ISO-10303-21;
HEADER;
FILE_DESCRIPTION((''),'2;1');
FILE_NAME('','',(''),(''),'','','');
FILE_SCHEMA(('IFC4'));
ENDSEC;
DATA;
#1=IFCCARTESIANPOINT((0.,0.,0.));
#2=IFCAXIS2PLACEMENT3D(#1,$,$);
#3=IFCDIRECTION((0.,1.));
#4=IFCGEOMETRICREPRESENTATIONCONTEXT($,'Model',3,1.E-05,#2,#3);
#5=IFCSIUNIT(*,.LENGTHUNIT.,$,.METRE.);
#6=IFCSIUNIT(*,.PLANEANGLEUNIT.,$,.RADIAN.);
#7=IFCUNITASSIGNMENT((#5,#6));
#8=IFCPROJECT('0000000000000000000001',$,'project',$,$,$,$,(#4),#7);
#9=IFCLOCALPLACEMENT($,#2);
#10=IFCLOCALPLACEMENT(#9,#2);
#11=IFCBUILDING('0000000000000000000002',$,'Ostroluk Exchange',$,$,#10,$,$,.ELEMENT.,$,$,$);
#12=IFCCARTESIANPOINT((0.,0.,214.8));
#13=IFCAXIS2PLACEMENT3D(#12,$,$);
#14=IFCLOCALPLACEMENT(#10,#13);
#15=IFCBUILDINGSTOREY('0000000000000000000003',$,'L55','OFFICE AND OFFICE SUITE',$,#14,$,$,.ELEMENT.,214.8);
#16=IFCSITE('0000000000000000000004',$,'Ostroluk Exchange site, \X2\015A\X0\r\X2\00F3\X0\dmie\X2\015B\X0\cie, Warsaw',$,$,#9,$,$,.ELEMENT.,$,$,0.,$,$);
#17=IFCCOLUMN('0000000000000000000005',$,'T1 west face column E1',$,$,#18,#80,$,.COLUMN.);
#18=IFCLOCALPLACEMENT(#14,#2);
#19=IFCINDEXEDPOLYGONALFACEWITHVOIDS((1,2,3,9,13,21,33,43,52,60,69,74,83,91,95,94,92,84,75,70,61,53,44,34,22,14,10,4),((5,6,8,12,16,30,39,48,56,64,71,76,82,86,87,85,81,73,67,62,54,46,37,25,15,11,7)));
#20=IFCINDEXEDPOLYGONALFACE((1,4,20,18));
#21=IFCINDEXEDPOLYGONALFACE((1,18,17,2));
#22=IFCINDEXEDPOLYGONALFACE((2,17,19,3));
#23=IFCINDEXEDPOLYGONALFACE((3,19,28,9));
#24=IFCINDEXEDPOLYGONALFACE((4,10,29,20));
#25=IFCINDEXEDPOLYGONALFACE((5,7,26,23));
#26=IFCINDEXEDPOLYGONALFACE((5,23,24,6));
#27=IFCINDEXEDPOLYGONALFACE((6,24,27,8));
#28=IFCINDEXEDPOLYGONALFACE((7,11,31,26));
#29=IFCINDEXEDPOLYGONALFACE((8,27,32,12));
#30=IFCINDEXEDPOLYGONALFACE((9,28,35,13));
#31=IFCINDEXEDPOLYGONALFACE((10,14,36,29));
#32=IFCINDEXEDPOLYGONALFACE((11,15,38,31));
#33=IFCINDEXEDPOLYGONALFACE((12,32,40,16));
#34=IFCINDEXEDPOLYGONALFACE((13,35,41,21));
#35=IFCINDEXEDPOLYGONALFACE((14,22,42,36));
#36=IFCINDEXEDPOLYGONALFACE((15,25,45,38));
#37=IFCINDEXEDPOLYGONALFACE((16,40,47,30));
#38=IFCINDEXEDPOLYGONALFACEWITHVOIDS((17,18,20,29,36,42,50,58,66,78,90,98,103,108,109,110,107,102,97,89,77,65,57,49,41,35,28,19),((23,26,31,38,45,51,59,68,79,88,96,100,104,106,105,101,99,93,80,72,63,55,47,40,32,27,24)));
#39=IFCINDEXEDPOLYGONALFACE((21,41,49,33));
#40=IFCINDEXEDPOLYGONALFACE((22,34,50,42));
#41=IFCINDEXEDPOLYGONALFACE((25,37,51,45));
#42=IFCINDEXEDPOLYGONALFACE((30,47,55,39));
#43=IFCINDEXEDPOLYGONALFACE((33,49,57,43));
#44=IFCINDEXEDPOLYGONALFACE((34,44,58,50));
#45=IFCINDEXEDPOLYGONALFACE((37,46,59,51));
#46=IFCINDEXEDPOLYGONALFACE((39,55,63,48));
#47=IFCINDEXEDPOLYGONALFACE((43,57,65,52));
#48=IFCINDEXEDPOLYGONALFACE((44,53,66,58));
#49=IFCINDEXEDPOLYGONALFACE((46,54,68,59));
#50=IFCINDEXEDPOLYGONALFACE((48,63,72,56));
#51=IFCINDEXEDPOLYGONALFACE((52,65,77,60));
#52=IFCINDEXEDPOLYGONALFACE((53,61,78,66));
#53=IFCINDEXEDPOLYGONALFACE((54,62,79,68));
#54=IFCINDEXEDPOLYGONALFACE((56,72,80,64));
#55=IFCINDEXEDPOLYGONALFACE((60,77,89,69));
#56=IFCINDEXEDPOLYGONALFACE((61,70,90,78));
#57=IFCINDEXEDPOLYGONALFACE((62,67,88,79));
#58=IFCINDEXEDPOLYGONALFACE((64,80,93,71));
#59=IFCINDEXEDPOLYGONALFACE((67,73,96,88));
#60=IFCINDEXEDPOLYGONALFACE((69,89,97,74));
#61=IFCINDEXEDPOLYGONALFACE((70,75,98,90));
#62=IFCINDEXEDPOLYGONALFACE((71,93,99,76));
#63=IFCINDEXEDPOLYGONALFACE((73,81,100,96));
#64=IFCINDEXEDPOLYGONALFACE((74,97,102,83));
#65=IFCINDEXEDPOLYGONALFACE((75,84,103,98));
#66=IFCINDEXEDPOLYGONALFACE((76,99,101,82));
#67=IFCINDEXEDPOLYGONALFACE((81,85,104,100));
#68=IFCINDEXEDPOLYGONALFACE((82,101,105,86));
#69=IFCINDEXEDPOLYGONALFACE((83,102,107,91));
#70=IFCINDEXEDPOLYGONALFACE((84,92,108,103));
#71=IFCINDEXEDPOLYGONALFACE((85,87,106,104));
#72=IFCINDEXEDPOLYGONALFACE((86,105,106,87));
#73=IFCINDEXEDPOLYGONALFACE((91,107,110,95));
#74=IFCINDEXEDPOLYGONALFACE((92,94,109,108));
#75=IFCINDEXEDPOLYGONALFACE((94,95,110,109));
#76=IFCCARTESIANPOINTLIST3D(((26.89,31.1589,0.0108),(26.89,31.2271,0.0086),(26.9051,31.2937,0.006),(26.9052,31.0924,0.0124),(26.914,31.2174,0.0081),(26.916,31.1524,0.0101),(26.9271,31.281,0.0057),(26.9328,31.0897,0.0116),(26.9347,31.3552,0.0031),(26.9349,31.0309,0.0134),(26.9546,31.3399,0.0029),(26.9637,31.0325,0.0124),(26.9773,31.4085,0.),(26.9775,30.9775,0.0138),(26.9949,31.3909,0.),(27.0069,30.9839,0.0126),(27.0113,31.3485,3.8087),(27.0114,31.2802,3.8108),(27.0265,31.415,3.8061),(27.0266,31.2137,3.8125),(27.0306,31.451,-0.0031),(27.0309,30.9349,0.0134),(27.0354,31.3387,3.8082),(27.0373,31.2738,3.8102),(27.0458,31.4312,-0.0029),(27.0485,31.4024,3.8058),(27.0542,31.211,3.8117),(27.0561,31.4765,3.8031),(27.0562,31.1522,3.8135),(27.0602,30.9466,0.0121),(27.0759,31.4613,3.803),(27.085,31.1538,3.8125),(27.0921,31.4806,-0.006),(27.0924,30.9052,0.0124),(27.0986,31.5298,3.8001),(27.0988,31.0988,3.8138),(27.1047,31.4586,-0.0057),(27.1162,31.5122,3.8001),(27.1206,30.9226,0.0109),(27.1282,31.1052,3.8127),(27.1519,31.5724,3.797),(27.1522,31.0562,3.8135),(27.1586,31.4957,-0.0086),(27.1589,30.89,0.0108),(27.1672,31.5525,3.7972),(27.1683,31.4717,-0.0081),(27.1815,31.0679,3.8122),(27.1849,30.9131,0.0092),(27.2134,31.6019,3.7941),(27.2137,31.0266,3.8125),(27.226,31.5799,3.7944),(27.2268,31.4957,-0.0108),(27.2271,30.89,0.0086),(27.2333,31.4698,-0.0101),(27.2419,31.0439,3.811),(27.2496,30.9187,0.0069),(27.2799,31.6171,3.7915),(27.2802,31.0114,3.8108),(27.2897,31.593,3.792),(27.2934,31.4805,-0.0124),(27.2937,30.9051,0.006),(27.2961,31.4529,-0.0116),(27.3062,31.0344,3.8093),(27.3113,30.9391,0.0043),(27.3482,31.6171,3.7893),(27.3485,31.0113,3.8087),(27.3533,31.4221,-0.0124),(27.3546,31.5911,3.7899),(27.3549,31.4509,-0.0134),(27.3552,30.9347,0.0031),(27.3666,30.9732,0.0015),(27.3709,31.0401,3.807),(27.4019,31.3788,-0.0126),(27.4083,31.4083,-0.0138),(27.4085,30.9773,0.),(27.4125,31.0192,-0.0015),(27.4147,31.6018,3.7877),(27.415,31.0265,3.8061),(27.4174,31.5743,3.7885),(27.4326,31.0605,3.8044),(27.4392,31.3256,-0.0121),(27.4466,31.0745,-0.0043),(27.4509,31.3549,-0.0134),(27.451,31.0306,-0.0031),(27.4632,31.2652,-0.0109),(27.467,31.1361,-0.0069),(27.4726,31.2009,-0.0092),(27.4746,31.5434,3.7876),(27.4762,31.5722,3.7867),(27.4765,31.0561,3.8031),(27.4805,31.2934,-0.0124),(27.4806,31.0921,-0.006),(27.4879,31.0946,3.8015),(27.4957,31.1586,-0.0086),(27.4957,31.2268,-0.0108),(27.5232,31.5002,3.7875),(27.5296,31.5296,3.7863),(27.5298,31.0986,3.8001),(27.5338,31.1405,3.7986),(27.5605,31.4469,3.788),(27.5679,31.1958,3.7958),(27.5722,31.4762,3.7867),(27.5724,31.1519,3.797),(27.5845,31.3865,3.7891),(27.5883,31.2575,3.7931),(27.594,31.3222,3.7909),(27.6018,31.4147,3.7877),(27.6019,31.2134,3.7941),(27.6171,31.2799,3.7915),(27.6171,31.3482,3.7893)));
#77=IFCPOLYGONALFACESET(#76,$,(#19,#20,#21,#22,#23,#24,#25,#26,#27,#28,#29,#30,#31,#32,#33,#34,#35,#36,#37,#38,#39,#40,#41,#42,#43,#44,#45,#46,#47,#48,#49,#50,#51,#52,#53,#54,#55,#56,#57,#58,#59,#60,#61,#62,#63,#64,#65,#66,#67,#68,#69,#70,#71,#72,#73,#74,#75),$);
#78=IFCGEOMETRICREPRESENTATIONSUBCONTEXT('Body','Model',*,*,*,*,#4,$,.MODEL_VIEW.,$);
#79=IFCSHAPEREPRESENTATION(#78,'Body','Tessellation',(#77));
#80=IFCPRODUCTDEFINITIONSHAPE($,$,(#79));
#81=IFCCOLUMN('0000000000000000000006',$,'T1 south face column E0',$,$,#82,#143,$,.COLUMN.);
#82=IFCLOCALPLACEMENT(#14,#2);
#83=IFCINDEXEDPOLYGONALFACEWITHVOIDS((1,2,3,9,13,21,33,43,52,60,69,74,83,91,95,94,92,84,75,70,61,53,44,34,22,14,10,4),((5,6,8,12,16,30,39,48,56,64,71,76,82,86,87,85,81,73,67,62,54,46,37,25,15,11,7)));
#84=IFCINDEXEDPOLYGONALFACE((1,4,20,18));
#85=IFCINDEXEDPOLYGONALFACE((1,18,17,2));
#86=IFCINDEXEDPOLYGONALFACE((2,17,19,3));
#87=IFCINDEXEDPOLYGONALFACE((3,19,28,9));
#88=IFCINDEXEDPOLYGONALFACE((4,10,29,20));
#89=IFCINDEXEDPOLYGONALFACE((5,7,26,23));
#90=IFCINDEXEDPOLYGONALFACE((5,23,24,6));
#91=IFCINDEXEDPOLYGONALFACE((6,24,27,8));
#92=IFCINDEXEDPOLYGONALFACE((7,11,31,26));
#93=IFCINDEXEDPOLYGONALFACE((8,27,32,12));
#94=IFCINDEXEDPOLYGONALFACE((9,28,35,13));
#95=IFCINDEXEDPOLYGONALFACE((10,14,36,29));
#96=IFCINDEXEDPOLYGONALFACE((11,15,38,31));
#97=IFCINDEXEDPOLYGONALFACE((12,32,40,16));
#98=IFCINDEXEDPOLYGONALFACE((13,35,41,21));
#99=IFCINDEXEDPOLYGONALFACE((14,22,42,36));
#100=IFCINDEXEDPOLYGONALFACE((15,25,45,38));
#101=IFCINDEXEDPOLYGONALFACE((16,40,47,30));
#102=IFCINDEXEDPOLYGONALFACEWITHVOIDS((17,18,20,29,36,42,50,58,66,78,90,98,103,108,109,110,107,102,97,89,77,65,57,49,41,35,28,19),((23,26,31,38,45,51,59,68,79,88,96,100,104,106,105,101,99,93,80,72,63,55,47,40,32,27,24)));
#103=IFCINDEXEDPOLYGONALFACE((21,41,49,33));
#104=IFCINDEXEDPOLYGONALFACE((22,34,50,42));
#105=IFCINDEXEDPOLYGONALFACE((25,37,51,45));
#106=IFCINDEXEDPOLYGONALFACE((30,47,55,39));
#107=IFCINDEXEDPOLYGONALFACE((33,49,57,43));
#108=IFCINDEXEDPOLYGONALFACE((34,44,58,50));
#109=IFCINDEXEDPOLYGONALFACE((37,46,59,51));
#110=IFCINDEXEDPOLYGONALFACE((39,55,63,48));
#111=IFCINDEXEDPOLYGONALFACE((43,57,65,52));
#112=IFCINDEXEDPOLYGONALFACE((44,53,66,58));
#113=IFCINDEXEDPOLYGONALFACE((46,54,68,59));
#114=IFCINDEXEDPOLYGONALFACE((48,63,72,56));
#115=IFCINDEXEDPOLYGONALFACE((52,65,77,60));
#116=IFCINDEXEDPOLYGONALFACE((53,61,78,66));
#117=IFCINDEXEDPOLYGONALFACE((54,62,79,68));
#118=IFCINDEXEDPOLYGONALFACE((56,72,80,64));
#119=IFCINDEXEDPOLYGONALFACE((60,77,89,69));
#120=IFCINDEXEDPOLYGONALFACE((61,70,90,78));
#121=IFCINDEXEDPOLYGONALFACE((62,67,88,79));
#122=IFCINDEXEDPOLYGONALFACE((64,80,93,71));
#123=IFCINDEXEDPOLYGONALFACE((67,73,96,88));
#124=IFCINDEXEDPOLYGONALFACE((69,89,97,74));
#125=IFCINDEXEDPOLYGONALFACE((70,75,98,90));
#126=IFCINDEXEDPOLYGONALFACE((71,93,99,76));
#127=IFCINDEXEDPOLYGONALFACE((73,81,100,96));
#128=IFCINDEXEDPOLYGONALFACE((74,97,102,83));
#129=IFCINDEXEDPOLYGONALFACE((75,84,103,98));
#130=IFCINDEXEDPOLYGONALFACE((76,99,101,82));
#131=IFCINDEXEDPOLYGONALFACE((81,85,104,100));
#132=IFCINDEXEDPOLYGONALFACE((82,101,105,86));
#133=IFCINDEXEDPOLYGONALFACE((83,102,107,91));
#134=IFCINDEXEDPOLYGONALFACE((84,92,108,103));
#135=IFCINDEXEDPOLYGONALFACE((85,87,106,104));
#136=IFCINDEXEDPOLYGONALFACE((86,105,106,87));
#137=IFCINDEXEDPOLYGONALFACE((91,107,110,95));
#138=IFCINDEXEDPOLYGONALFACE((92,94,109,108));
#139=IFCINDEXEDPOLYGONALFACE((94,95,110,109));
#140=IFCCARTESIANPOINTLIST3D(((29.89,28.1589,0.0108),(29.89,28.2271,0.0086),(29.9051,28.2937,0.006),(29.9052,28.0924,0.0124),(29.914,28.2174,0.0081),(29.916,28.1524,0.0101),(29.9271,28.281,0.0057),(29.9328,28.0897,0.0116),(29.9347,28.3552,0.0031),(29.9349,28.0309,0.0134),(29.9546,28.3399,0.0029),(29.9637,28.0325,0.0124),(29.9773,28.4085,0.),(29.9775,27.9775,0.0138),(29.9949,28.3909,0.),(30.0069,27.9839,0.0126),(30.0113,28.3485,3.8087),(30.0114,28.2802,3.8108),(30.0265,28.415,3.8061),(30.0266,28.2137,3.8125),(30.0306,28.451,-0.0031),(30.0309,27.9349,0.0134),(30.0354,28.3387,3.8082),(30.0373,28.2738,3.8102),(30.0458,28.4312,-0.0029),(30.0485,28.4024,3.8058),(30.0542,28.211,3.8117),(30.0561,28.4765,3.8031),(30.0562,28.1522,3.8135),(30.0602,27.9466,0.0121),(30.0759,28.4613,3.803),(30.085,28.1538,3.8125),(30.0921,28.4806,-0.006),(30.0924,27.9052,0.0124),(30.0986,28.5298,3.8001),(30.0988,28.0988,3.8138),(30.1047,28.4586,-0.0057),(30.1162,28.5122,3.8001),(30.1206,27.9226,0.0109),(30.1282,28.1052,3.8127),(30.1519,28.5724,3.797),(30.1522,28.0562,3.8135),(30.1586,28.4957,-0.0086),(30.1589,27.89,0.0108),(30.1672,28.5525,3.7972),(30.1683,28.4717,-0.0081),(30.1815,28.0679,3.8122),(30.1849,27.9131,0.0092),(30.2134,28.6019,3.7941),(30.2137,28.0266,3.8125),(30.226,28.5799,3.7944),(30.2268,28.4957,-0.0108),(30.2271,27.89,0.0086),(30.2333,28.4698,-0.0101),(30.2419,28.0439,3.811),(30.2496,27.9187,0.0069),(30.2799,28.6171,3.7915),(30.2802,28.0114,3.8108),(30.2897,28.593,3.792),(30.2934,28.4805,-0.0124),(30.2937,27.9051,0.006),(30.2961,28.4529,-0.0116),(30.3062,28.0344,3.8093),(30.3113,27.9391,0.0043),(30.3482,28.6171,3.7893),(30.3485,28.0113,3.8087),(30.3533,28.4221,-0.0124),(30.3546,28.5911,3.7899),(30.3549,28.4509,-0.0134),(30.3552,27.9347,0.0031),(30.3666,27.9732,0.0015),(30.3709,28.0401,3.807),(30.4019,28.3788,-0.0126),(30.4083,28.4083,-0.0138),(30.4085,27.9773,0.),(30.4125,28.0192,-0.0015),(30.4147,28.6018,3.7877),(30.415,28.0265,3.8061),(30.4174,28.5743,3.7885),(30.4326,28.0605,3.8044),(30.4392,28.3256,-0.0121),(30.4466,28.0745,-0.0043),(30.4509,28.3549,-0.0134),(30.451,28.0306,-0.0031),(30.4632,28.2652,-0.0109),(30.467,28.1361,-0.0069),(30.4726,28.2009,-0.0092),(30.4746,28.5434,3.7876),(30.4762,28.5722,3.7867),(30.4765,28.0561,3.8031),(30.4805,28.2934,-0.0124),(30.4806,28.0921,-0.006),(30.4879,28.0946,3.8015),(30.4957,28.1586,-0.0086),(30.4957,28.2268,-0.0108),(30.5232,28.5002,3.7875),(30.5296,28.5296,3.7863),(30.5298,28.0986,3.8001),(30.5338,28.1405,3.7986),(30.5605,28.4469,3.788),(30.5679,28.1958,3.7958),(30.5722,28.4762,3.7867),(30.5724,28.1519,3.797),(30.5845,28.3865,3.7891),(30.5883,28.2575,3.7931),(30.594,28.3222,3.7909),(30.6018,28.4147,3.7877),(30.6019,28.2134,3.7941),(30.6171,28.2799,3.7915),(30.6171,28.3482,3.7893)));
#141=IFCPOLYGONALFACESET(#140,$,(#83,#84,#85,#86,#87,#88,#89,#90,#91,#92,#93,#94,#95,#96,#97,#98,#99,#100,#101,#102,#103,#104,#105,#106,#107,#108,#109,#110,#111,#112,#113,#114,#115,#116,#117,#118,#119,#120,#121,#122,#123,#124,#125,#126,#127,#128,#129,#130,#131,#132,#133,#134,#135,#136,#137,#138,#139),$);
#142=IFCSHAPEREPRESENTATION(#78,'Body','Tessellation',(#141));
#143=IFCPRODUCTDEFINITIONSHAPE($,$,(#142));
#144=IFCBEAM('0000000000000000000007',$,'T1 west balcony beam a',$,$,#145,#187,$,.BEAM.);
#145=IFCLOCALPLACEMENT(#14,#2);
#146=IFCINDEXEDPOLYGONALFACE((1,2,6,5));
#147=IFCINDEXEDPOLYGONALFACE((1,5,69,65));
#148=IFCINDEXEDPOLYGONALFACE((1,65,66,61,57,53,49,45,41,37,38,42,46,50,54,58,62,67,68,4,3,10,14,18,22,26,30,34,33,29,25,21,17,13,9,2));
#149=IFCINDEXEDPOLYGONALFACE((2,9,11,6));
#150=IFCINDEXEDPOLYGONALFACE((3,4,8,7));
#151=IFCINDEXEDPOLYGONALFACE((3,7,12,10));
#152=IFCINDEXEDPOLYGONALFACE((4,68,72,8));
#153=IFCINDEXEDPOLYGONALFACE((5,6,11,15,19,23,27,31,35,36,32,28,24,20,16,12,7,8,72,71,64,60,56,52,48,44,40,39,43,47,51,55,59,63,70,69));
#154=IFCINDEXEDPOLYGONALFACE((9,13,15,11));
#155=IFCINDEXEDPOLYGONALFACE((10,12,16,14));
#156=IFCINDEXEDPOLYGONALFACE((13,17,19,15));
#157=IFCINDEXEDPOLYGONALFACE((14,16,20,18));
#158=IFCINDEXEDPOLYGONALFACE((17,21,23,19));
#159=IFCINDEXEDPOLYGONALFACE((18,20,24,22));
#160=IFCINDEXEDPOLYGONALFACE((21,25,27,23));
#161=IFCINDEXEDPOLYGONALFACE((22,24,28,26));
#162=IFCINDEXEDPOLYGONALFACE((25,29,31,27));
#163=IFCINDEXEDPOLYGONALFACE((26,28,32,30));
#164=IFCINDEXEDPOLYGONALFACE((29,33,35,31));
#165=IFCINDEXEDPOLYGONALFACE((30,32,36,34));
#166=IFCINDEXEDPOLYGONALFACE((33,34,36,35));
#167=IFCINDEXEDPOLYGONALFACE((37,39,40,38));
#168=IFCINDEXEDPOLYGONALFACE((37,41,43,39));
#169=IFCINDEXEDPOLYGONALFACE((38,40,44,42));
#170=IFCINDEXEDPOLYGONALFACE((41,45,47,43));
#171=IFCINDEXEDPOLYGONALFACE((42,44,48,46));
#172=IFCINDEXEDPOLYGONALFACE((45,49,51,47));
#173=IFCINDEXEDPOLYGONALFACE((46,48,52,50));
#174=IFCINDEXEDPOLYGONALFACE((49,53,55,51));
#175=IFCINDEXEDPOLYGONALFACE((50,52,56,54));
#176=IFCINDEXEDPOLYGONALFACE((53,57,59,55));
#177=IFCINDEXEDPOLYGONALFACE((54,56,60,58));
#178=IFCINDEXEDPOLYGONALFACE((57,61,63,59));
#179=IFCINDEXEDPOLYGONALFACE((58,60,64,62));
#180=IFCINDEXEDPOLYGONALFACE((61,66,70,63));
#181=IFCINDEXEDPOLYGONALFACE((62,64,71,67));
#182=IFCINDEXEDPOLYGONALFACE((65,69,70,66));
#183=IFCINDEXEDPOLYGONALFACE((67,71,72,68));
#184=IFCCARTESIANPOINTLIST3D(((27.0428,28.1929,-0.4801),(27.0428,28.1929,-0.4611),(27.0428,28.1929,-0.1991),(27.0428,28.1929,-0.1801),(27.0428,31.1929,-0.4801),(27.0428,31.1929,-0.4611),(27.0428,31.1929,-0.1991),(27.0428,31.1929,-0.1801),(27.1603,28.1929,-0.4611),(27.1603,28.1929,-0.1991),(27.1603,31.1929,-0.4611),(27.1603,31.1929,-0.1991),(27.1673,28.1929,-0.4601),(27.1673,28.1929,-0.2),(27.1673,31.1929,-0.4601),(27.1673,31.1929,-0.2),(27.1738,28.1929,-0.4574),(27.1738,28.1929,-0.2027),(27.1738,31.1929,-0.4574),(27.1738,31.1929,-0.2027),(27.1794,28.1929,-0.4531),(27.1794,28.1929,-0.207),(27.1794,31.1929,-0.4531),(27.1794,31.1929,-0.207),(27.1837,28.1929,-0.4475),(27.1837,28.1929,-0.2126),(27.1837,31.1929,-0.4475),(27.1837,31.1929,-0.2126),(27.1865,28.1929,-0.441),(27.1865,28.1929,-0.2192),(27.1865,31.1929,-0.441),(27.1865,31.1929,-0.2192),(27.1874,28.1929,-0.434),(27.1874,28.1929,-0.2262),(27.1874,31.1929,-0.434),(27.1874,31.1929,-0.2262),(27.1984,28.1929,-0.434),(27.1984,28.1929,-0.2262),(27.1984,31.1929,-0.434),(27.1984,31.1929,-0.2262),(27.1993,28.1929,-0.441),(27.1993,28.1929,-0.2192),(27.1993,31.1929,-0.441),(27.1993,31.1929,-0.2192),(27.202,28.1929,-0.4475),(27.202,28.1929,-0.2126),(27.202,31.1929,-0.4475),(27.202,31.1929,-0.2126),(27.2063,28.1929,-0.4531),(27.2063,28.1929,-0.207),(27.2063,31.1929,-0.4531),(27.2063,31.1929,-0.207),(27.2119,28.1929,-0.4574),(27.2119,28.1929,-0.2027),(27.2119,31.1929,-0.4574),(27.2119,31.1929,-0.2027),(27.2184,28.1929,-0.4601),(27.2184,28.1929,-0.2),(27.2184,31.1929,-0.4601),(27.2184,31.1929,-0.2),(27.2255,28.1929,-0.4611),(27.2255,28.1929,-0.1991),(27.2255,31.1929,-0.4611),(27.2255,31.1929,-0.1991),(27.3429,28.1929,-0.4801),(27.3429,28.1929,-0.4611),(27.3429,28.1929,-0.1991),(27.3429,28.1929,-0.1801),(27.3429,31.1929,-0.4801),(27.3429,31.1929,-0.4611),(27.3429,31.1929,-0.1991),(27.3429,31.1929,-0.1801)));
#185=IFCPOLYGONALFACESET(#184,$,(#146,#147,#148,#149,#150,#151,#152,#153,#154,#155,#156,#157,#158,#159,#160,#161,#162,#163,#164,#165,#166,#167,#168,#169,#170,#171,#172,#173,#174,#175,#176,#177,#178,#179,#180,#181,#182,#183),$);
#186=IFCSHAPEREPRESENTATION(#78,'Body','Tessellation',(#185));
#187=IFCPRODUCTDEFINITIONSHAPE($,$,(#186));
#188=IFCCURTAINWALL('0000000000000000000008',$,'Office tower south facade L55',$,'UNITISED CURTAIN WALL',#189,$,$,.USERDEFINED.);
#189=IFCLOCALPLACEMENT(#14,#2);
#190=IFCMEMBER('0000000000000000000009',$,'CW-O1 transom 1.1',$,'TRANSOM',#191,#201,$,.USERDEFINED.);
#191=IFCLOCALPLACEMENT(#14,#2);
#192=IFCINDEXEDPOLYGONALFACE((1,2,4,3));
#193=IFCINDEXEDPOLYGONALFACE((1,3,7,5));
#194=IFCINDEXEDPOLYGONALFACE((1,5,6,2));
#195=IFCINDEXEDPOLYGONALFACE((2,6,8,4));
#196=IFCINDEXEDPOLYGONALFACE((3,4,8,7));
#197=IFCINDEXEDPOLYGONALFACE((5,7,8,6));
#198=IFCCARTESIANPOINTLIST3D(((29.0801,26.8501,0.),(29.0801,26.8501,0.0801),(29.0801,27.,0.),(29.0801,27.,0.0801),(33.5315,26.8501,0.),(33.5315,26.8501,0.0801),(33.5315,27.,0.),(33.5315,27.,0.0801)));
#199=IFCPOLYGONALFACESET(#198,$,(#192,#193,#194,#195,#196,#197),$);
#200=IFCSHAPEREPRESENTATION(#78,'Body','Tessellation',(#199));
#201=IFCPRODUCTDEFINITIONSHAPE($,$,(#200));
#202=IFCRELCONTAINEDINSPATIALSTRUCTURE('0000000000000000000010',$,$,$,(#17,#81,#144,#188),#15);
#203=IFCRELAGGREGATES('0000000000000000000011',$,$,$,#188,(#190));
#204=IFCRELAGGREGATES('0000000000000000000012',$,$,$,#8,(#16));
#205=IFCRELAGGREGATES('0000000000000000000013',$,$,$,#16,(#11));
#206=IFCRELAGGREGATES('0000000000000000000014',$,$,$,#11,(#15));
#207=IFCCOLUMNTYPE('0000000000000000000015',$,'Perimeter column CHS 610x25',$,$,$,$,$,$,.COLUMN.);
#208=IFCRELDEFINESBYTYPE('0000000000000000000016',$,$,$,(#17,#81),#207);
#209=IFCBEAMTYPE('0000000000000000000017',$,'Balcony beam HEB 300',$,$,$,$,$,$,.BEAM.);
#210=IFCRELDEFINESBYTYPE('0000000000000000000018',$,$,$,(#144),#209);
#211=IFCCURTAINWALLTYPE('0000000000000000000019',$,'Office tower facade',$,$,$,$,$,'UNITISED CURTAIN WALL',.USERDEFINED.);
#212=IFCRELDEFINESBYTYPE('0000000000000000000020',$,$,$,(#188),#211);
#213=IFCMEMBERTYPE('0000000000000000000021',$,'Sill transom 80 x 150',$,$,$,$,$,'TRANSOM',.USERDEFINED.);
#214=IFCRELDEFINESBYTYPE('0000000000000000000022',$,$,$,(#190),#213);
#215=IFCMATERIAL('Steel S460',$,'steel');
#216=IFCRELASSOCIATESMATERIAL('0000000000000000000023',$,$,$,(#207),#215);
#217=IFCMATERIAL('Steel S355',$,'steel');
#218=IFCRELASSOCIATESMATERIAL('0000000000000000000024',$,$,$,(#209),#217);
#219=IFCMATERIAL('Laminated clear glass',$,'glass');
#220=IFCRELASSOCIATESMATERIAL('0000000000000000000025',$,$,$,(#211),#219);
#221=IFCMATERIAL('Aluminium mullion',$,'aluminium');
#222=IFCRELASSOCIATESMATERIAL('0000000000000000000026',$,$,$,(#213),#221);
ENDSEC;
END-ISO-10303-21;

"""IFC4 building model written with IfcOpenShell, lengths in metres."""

from ifc_helpers import new_model, si_unit, direction, frame, origin, origin_2d, place, context, subcontext, project, spatial, rectangle, hollow_circle, i_section, extrude, material, material_profile, profile_set, type_object, element, aggregate, save


model = new_model("IFC4")

# Units and contexts
model_context = context("Model", 3, precision=1e-05, world=origin(), true_north=direction((0.0, 1.0)))
body_context = subcontext(model_context, "Body", "Model", "MODEL_VIEW")
ifc_project = project(units=[si_unit("LENGTHUNIT", "METRE"), si_unit("PLANEANGLEUNIT", "RADIAN")], contexts=[model_context])

# Site, building, storey
site_placement = place(None, origin())
site = spatial("IfcSite", under=ifc_project, at=site_placement, Name="Ostroluk Exchange site, Śródmieście, Warsaw", CompositionType="ELEMENT", RefElevation=0.0)
building_placement = place(site_placement, origin())
building = spatial("IfcBuilding", under=site, at=building_placement, Name="Ostroluk Exchange", CompositionType="ELEMENT")
storey_placement = place(building_placement, frame((0.0, 0.0, 214.8)))
storey = spatial("IfcBuildingStorey", under=building, at=storey_placement, Name="L55", Description="OFFICE AND OFFICE SUITE", CompositionType="ELEMENT", Elevation=214.8)

# Columns
ifc_material_1 = material(Name="Steel S460", Category="steel")
ifc_material_profile_1 = material_profile(ifc_material_1, hollow_circle(Radius=0.3049, WallThickness=0.0249, at=origin_2d()), Name="CHS 610x25")
ifc_profile_set_1 = profile_set([ifc_material_profile_1], Name="Steel S460")
column_type = type_object("IfcColumnType", Name="Perimeter column CHS 610x25", PredefinedType="COLUMN", material=ifc_profile_set_1)
for number, where, z_axis, x_axis, name in (
    (1, (27.1929, 31.1929, 0.0), (0.031898, 0.031898, 0.998982), (-0.707107, 0.707107, 0.0), "T1 west face column E1"),
    (2, (30.1929, 28.1929, 0.0), (0.031898, 0.031898, 0.998982), (-0.707107, 0.707107, 0.0), "T1 south face column E0"),
):
    element("IfcColumn", number, at=place(storey_placement, frame(where, z_axis=z_axis, x_axis=x_axis)), inside=storey, type_object=column_type, Name=name, PredefinedType="COLUMN", context=body_context, shape_type="SweptSolid", body=[
        extrude(hollow_circle(Radius=0.3049, WallThickness=0.0249, at=origin_2d()), origin(), (0.0, 0.0, 1.0), 3.804),
    ])

# Beam
ifc_material_2 = material(Name="Steel S355", Category="steel")
ifc_material_profile_2 = material_profile(ifc_material_2, i_section(OverallWidth=0.3, OverallDepth=0.3, WebThickness=0.011, FlangeThickness=0.019, FilletRadius=0.0271, at=origin_2d()), Name="HEB 300")
ifc_profile_set_2 = profile_set([ifc_material_profile_2], Name="Steel S355")
beam_type = type_object("IfcBeamType", Name="Balcony beam HEB 300", PredefinedType="BEAM", material=ifc_profile_set_2)
beam_placement = place(storey_placement, frame((27.1929, 31.1929, -0.3301), z_axis=(0.0, -1.0, 0.0), x_axis=(1.0, 0.0, 0.0)))
element("IfcBeam", 3, at=beam_placement, inside=storey, type_object=beam_type, Name="T1 west balcony beam a", PredefinedType="BEAM", context=body_context, shape_type="SweptSolid", body=[
    extrude(i_section(OverallWidth=0.3, OverallDepth=0.3, WebThickness=0.011, FlangeThickness=0.019, FilletRadius=0.0271, at=origin_2d()), origin(), (0.0, 0.0, 1.0), 3.0),
])

# Curtain wall, member
ifc_material_3 = material(Name="Laminated clear glass", Category="glass")
curtain_wall_type = type_object("IfcCurtainWallType", Name="Office tower facade", ElementType="UNITISED CURTAIN WALL", PredefinedType="USERDEFINED", material=ifc_material_3)
curtain_wall_1_placement = place(storey_placement, origin())
curtain_wall_1 = element("IfcCurtainWall", 4, at=curtain_wall_1_placement, inside=storey, type_object=curtain_wall_type, Name="Office tower south facade L55", ObjectType="UNITISED CURTAIN WALL", PredefinedType="USERDEFINED")
ifc_material_4 = material(Name="Aluminium mullion", Category="aluminium")
ifc_material_profile_3 = material_profile(ifc_material_4, rectangle(XDim=0.1499, YDim=0.0801, at=origin_2d()), Name="Sill transom 80 x 150")
ifc_profile_set_3 = profile_set([ifc_material_profile_3], Name="Aluminium mullion")
member_type_1 = type_object("IfcMemberType", Name="Sill transom 80 x 150", ElementType="TRANSOM", PredefinedType="USERDEFINED", material=ifc_profile_set_3)
member_1_placement = place(storey_placement, frame((29.0801, 26.925, 0.04), z_axis=(1.0, 0.0, 0.0), x_axis=(0.0, 1.0, 0.0)))
member_1 = element("IfcMember", 5, at=member_1_placement, type_object=member_type_1, Name="CW-O1 transom 1.1", ObjectType="TRANSOM", PredefinedType="USERDEFINED", context=body_context, shape_type="SweptSolid", body=[
    extrude(rectangle(XDim=0.1499, YDim=0.0801, at=origin_2d()), origin(), (0.0, 0.0, 1.0), 4.4514),
])
aggregate(curtain_wall_1, [member_1])

save(model, "model.ifc")
